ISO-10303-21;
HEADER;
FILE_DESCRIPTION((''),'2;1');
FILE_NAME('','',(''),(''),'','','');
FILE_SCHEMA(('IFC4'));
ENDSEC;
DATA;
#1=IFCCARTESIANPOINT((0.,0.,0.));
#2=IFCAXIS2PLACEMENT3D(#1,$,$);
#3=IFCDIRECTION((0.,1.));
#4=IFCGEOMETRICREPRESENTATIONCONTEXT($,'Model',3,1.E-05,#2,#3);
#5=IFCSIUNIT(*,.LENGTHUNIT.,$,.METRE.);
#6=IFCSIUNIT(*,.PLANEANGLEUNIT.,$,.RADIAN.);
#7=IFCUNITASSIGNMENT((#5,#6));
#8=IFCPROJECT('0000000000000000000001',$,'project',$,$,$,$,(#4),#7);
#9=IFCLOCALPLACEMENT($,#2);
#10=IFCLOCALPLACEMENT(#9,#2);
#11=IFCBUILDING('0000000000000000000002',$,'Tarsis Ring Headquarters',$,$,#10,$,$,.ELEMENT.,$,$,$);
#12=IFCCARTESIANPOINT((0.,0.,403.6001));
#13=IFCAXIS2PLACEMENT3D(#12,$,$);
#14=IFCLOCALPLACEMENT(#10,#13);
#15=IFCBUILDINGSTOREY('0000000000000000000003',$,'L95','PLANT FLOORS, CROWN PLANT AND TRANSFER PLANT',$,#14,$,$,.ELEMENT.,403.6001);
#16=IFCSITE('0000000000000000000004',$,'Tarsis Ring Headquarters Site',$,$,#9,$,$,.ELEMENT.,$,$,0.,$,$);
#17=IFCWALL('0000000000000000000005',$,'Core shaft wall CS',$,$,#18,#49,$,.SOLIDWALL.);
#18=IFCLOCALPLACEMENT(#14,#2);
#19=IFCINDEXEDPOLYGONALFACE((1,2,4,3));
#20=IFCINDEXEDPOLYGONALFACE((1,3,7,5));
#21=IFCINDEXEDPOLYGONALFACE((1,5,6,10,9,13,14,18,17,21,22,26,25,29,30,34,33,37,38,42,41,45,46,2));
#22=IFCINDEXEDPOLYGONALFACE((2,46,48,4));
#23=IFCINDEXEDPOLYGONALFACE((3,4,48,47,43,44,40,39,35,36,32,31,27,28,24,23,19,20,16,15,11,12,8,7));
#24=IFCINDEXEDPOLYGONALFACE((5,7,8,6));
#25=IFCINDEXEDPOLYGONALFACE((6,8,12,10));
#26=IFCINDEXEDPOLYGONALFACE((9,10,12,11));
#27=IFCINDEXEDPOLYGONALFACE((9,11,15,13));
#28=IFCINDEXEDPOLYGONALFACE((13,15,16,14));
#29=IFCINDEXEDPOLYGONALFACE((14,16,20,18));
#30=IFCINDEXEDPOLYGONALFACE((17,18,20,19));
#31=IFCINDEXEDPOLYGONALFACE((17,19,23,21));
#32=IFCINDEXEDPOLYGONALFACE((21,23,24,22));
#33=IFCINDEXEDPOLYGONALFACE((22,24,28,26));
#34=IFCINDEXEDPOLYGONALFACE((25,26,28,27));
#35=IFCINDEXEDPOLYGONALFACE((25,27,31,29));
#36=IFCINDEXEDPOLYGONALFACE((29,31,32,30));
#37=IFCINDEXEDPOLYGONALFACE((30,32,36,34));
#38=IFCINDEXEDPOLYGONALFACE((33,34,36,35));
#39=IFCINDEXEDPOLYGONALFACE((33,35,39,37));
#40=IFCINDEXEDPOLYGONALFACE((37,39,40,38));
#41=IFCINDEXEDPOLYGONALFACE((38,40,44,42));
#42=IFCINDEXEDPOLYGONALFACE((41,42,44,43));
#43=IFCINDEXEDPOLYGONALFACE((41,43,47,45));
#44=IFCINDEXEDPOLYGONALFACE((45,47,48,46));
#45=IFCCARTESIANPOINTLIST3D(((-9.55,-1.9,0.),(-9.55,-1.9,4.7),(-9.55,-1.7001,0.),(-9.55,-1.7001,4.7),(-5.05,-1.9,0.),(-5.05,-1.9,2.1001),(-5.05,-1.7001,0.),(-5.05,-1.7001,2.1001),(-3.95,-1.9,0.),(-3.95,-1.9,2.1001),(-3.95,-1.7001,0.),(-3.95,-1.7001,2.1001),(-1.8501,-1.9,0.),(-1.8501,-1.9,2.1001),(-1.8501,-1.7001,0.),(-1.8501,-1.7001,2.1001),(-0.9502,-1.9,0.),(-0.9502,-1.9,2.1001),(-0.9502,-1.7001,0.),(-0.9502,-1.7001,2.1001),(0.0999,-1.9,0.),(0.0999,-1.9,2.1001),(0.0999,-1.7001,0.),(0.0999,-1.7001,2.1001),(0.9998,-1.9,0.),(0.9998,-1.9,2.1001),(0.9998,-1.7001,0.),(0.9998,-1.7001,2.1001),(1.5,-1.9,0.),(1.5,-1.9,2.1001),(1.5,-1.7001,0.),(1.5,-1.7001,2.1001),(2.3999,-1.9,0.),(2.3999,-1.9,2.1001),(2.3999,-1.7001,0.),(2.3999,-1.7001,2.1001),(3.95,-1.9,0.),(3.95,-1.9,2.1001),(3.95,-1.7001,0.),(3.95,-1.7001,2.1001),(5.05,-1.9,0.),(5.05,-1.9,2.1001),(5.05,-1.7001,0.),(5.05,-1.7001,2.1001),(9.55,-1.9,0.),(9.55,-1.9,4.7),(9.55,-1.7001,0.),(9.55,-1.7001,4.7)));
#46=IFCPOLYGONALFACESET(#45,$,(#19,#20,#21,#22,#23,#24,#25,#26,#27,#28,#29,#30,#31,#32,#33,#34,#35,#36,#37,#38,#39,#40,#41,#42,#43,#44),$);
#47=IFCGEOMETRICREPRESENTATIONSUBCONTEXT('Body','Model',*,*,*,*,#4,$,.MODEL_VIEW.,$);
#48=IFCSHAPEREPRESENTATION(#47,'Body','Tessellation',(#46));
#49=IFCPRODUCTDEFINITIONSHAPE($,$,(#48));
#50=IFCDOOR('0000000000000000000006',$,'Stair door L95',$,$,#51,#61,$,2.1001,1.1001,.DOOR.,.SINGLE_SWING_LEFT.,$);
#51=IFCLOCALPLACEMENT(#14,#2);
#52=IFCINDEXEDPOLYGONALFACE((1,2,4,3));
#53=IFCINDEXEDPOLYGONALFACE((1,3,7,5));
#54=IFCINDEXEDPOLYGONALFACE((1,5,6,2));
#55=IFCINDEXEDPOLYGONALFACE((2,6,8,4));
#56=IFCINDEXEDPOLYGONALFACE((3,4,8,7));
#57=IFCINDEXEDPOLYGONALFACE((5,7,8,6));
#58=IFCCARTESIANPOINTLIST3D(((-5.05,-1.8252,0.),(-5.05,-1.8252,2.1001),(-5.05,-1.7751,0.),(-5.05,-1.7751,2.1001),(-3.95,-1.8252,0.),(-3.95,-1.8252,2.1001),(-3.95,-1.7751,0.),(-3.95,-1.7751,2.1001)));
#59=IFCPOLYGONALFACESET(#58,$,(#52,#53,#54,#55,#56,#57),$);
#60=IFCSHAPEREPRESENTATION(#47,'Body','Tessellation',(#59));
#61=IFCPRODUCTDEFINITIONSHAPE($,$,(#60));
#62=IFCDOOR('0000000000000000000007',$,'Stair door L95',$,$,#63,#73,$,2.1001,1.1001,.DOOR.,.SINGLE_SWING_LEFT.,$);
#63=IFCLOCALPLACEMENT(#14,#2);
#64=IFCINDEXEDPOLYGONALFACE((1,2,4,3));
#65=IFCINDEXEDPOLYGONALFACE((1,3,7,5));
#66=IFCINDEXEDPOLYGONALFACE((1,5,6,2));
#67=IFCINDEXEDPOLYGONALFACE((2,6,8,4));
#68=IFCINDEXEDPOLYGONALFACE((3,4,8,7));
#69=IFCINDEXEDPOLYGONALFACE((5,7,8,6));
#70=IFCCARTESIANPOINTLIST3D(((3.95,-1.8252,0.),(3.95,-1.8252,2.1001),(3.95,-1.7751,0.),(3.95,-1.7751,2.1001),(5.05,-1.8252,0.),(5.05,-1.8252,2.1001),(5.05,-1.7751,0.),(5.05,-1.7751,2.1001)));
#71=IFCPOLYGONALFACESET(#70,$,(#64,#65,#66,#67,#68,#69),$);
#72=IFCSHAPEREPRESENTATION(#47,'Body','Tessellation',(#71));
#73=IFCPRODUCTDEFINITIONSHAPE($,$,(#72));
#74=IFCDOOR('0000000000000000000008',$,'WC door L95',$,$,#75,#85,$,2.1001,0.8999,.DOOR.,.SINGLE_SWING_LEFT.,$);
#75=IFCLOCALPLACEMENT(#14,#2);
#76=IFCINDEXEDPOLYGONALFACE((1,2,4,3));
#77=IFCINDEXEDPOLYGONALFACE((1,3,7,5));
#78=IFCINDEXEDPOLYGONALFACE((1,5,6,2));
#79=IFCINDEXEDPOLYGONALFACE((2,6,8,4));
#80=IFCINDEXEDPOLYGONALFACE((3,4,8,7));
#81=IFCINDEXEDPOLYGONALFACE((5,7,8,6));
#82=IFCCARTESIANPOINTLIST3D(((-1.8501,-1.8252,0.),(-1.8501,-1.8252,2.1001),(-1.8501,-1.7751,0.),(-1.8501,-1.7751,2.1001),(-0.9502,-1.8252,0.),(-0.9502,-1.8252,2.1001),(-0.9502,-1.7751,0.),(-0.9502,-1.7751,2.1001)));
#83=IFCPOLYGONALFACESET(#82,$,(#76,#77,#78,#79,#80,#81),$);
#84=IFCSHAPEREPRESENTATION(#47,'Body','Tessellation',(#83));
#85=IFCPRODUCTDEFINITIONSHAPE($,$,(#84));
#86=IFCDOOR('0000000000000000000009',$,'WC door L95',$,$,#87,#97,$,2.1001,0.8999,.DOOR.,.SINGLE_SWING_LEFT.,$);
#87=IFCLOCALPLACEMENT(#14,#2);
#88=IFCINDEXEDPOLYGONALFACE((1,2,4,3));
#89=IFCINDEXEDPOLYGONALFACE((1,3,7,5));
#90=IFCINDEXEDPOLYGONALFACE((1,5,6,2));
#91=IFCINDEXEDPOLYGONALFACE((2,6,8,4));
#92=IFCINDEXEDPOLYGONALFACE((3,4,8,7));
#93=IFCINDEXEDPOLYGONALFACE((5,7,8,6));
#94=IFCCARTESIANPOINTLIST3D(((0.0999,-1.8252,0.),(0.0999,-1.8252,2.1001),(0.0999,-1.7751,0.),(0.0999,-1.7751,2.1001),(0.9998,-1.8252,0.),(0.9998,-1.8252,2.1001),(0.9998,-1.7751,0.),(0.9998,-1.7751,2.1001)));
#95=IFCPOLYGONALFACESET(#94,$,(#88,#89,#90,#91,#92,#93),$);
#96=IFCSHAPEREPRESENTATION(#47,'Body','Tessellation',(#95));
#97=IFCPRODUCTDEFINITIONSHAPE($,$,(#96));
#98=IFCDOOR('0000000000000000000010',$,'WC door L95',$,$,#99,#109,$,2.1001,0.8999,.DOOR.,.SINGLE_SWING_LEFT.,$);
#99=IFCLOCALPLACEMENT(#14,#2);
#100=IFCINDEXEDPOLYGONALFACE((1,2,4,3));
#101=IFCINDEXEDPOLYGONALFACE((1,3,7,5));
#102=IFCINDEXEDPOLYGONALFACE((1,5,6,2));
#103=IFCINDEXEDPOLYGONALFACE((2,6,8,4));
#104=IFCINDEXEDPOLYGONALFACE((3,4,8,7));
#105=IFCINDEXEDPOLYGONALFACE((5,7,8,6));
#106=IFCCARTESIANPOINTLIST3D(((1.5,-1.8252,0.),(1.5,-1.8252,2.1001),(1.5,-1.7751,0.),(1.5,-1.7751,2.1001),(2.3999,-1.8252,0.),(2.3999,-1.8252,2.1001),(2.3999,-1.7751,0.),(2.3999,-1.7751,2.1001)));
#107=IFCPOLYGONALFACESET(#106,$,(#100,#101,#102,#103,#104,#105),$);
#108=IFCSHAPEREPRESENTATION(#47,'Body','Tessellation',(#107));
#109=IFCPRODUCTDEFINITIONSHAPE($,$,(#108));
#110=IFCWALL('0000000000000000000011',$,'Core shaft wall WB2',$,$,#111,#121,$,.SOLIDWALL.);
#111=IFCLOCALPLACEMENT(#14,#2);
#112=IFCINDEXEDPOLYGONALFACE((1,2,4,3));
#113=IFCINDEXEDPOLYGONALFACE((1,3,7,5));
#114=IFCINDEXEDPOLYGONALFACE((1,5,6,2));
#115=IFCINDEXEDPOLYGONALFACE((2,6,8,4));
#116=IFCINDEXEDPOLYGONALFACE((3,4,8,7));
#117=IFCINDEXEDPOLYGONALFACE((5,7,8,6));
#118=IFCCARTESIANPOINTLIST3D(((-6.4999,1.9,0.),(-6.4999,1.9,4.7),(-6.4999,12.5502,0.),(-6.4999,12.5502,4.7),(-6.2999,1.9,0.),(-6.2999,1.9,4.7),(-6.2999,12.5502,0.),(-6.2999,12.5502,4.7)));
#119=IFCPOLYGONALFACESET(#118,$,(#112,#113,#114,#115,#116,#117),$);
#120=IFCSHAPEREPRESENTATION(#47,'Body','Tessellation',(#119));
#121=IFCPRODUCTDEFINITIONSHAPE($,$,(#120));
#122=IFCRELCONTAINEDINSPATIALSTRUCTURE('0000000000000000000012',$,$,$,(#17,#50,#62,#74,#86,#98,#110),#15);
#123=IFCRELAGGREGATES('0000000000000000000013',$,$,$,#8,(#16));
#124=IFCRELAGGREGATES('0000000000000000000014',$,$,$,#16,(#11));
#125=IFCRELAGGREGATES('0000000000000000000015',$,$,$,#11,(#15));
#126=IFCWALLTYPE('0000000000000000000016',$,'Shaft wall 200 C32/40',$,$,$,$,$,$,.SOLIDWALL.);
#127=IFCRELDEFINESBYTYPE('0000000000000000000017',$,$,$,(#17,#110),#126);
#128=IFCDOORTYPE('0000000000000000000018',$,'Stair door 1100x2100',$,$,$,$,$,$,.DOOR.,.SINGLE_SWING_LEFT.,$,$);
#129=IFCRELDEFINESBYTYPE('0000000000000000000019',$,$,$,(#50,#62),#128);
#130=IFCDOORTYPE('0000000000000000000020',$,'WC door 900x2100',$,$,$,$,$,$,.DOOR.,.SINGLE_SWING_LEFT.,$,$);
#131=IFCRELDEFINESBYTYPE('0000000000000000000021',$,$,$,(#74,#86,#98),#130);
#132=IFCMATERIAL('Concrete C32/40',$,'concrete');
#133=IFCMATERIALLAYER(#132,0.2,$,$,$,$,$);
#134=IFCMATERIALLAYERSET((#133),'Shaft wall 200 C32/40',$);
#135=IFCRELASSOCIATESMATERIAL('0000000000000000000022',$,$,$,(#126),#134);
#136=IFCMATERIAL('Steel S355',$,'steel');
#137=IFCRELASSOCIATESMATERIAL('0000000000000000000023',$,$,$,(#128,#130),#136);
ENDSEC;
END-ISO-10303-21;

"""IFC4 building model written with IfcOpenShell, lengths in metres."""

from ifc_helpers import new_model, si_unit, direction, frame, frame_2d, origin, place, context, subcontext, project, spatial, rectangle, extrude, material, layer, layer_set, type_object, element, fill, save


model = new_model("IFC4")

# Units and contexts
model_context = context("Model", 3, precision=1e-05, world=origin(), true_north=direction((0.0, 1.0)))
body_context = subcontext(model_context, "Body", "Model", "MODEL_VIEW")
ifc_project = project(units=[si_unit("LENGTHUNIT", "METRE"), si_unit("PLANEANGLEUNIT", "RADIAN")], contexts=[model_context])

# Site, building, storey
site_placement = place(None, origin())
site = spatial("IfcSite", under=ifc_project, at=site_placement, Name="Tarsis Ring Headquarters Site", CompositionType="ELEMENT", RefElevation=0.0)
building_placement = place(site_placement, origin())
building = spatial("IfcBuilding", under=site, at=building_placement, Name="Tarsis Ring Headquarters", CompositionType="ELEMENT")
storey_placement = place(building_placement, frame((0.0, 0.0, 403.6001)))
storey = spatial("IfcBuildingStorey", under=building, at=storey_placement, Name="L95", Description="PLANT FLOORS, CROWN PLANT AND TRANSFER PLANT", CompositionType="ELEMENT", Elevation=403.6001)

# Wall, openings, doors
ifc_material_1 = material(Name="Concrete C32/40", Category="concrete")
ifc_layer = layer(ifc_material_1, 0.2)
ifc_layer_set = layer_set([ifc_layer], Name="Shaft wall 200 C32/40")
wall_type = type_object("IfcWallType", Name="Shaft wall 200 C32/40", PredefinedType="SOLIDWALL", material=ifc_layer_set)
ifc_material_2 = material(Name="Steel S355", Category="steel")
door_type_1 = type_object("IfcDoorType", Name="Stair door 1100x2100", OperationType="SINGLE_SWING_LEFT", PredefinedType="DOOR", material=ifc_material_2)
wall_1_placement = place(storey_placement, frame((-9.55, -1.8, 0.0), z_axis=(0.0, 0.0, 1.0), x_axis=(1.0, 0.0, 0.0)))
wall_1 = element("IfcWall", 1, at=wall_1_placement, inside=storey, type_object=wall_type, Name="Core shaft wall CS", PredefinedType="SOLIDWALL", context=body_context, shape_type="SweptSolid", body=[
    extrude(rectangle(XDim=19.1001, YDim=0.2, at=frame_2d((9.55, 0.0))), origin(), (0.0, 0.0, 1.0), 4.7),
])
opening_1_placement = place(wall_1_placement, frame((4.5, 0.0, 0.0)))
opening_1 = element("IfcOpeningElement", 2, at=opening_1_placement, cuts=wall_1, PredefinedType="OPENING", context=body_context, shape_type="SweptSolid", body=[
    extrude(rectangle(XDim=1.1001, YDim=2.1001, at=frame_2d((0.55, 1.05))), frame((0.0, 0.1099, 0.0), z_axis=(0.0, -1.0, 0.0), x_axis=(1.0, 0.0, 0.0)), (0.0, 0.0, 1.0), 0.22),
])
opening_2_placement = place(wall_1_placement, frame((7.7, 0.0, 0.0)))
opening_2 = element("IfcOpeningElement", 3, at=opening_2_placement, cuts=wall_1, PredefinedType="OPENING", context=body_context, shape_type="SweptSolid", body=[
    extrude(rectangle(XDim=0.8999, YDim=2.1001, at=frame_2d((0.45, 1.05))), frame((0.0, 0.1099, 0.0), z_axis=(0.0, -1.0, 0.0), x_axis=(1.0, 0.0, 0.0)), (0.0, 0.0, 1.0), 0.22),
])
opening_3_placement = place(wall_1_placement, frame((9.6499, 0.0, 0.0)))
opening_3 = element("IfcOpeningElement", 4, at=opening_3_placement, cuts=wall_1, PredefinedType="OPENING", context=body_context, shape_type="SweptSolid", body=[
    extrude(rectangle(XDim=0.8999, YDim=2.1001, at=frame_2d((0.45, 1.05))), frame((0.0, 0.1099, 0.0), z_axis=(0.0, -1.0, 0.0), x_axis=(1.0, 0.0, 0.0)), (0.0, 0.0, 1.0), 0.22),
])
opening_4_placement = place(wall_1_placement, frame((11.05, 0.0, 0.0)))
opening_4 = element("IfcOpeningElement", 5, at=opening_4_placement, cuts=wall_1, PredefinedType="OPENING", context=body_context, shape_type="SweptSolid", body=[
    extrude(rectangle(XDim=0.8999, YDim=2.1001, at=frame_2d((0.45, 1.05))), frame((0.0, 0.1099, 0.0), z_axis=(0.0, -1.0, 0.0), x_axis=(1.0, 0.0, 0.0)), (0.0, 0.0, 1.0), 0.22),
])
opening_5_placement = place(wall_1_placement, frame((13.5, 0.0, 0.0)))
opening_5 = element("IfcOpeningElement", 6, at=opening_5_placement, cuts=wall_1, PredefinedType="OPENING", context=body_context, shape_type="SweptSolid", body=[
    extrude(rectangle(XDim=1.1001, YDim=2.1001, at=frame_2d((0.55, 1.05))), frame((0.0, 0.1099, 0.0), z_axis=(0.0, -1.0, 0.0), x_axis=(1.0, 0.0, 0.0)), (0.0, 0.0, 1.0), 0.22),
])
door_1_placement = place(opening_1_placement, origin())
door_1 = element("IfcDoor", 7, at=door_1_placement, inside=storey, type_object=door_type_1, Name="Stair door L95", OperationType="SINGLE_SWING_LEFT", OverallHeight=2.1001, OverallWidth=1.1001, PredefinedType="DOOR", context=body_context, shape_type="SweptSolid", body=[
    extrude(rectangle(XDim=1.1001, YDim=2.1001, at=frame_2d((0.55, 1.05))), frame((0.0, 0.0249, 0.0), z_axis=(0.0, -1.0, 0.0), x_axis=(1.0, 0.0, 0.0)), (0.0, 0.0, 1.0), 0.05),
])
fill(opening_1, door_1)
door_2_placement = place(opening_5_placement, origin())
door_2 = element("IfcDoor", 8, at=door_2_placement, inside=storey, type_object=door_type_1, Name="Stair door L95", OperationType="SINGLE_SWING_LEFT", OverallHeight=2.1001, OverallWidth=1.1001, PredefinedType="DOOR", context=body_context, shape_type="SweptSolid", body=[
    extrude(rectangle(XDim=1.1001, YDim=2.1001, at=frame_2d((0.55, 1.05))), frame((0.0, 0.0249, 0.0), z_axis=(0.0, -1.0, 0.0), x_axis=(1.0, 0.0, 0.0)), (0.0, 0.0, 1.0), 0.05),
])
fill(opening_5, door_2)
door_type_2 = type_object("IfcDoorType", Name="WC door 900x2100", OperationType="SINGLE_SWING_LEFT", PredefinedType="DOOR", material=ifc_material_2)
door_3_placement = place(opening_2_placement, origin())
door_3 = element("IfcDoor", 9, at=door_3_placement, inside=storey, type_object=door_type_2, Name="WC door L95", OperationType="SINGLE_SWING_LEFT", OverallHeight=2.1001, OverallWidth=0.8999, PredefinedType="DOOR", context=body_context, shape_type="SweptSolid", body=[
    extrude(rectangle(XDim=0.8999, YDim=2.1001, at=frame_2d((0.45, 1.05))), frame((0.0, 0.0249, 0.0), z_axis=(0.0, -1.0, 0.0), x_axis=(1.0, 0.0, 0.0)), (0.0, 0.0, 1.0), 0.05),
])
fill(opening_2, door_3)
door_4_placement = place(opening_3_placement, origin())
door_4 = element("IfcDoor", 10, at=door_4_placement, inside=storey, type_object=door_type_2, Name="WC door L95", OperationType="SINGLE_SWING_LEFT", OverallHeight=2.1001, OverallWidth=0.8999, PredefinedType="DOOR", context=body_context, shape_type="SweptSolid", body=[
    extrude(rectangle(XDim=0.8999, YDim=2.1001, at=frame_2d((0.45, 1.05))), frame((0.0, 0.0249, 0.0), z_axis=(0.0, -1.0, 0.0), x_axis=(1.0, 0.0, 0.0)), (0.0, 0.0, 1.0), 0.05),
])
fill(opening_3, door_4)
door_5_placement = place(opening_4_placement, origin())
door_5 = element("IfcDoor", 11, at=door_5_placement, inside=storey, type_object=door_type_2, Name="WC door L95", OperationType="SINGLE_SWING_LEFT", OverallHeight=2.1001, OverallWidth=0.8999, PredefinedType="DOOR", context=body_context, shape_type="SweptSolid", body=[
    extrude(rectangle(XDim=0.8999, YDim=2.1001, at=frame_2d((0.45, 1.05))), frame((0.0, 0.0249, 0.0), z_axis=(0.0, -1.0, 0.0), x_axis=(1.0, 0.0, 0.0)), (0.0, 0.0, 1.0), 0.05),
])
fill(opening_4, door_5)

# Wall
wall_2_placement = place(storey_placement, frame((-6.3999, 1.8999, 0.0), z_axis=(0.0, 0.0, 1.0), x_axis=(0.0, 1.0, 0.0)))
element("IfcWall", 12, at=wall_2_placement, inside=storey, type_object=wall_type, Name="Core shaft wall WB2", PredefinedType="SOLIDWALL", context=body_context, shape_type="SweptSolid", body=[
    extrude(rectangle(XDim=10.6501, YDim=0.2, at=frame_2d((5.3252, 0.0))), origin(), (0.0, 0.0, 1.0), 4.7),
])

save(model, "model.ifc")
